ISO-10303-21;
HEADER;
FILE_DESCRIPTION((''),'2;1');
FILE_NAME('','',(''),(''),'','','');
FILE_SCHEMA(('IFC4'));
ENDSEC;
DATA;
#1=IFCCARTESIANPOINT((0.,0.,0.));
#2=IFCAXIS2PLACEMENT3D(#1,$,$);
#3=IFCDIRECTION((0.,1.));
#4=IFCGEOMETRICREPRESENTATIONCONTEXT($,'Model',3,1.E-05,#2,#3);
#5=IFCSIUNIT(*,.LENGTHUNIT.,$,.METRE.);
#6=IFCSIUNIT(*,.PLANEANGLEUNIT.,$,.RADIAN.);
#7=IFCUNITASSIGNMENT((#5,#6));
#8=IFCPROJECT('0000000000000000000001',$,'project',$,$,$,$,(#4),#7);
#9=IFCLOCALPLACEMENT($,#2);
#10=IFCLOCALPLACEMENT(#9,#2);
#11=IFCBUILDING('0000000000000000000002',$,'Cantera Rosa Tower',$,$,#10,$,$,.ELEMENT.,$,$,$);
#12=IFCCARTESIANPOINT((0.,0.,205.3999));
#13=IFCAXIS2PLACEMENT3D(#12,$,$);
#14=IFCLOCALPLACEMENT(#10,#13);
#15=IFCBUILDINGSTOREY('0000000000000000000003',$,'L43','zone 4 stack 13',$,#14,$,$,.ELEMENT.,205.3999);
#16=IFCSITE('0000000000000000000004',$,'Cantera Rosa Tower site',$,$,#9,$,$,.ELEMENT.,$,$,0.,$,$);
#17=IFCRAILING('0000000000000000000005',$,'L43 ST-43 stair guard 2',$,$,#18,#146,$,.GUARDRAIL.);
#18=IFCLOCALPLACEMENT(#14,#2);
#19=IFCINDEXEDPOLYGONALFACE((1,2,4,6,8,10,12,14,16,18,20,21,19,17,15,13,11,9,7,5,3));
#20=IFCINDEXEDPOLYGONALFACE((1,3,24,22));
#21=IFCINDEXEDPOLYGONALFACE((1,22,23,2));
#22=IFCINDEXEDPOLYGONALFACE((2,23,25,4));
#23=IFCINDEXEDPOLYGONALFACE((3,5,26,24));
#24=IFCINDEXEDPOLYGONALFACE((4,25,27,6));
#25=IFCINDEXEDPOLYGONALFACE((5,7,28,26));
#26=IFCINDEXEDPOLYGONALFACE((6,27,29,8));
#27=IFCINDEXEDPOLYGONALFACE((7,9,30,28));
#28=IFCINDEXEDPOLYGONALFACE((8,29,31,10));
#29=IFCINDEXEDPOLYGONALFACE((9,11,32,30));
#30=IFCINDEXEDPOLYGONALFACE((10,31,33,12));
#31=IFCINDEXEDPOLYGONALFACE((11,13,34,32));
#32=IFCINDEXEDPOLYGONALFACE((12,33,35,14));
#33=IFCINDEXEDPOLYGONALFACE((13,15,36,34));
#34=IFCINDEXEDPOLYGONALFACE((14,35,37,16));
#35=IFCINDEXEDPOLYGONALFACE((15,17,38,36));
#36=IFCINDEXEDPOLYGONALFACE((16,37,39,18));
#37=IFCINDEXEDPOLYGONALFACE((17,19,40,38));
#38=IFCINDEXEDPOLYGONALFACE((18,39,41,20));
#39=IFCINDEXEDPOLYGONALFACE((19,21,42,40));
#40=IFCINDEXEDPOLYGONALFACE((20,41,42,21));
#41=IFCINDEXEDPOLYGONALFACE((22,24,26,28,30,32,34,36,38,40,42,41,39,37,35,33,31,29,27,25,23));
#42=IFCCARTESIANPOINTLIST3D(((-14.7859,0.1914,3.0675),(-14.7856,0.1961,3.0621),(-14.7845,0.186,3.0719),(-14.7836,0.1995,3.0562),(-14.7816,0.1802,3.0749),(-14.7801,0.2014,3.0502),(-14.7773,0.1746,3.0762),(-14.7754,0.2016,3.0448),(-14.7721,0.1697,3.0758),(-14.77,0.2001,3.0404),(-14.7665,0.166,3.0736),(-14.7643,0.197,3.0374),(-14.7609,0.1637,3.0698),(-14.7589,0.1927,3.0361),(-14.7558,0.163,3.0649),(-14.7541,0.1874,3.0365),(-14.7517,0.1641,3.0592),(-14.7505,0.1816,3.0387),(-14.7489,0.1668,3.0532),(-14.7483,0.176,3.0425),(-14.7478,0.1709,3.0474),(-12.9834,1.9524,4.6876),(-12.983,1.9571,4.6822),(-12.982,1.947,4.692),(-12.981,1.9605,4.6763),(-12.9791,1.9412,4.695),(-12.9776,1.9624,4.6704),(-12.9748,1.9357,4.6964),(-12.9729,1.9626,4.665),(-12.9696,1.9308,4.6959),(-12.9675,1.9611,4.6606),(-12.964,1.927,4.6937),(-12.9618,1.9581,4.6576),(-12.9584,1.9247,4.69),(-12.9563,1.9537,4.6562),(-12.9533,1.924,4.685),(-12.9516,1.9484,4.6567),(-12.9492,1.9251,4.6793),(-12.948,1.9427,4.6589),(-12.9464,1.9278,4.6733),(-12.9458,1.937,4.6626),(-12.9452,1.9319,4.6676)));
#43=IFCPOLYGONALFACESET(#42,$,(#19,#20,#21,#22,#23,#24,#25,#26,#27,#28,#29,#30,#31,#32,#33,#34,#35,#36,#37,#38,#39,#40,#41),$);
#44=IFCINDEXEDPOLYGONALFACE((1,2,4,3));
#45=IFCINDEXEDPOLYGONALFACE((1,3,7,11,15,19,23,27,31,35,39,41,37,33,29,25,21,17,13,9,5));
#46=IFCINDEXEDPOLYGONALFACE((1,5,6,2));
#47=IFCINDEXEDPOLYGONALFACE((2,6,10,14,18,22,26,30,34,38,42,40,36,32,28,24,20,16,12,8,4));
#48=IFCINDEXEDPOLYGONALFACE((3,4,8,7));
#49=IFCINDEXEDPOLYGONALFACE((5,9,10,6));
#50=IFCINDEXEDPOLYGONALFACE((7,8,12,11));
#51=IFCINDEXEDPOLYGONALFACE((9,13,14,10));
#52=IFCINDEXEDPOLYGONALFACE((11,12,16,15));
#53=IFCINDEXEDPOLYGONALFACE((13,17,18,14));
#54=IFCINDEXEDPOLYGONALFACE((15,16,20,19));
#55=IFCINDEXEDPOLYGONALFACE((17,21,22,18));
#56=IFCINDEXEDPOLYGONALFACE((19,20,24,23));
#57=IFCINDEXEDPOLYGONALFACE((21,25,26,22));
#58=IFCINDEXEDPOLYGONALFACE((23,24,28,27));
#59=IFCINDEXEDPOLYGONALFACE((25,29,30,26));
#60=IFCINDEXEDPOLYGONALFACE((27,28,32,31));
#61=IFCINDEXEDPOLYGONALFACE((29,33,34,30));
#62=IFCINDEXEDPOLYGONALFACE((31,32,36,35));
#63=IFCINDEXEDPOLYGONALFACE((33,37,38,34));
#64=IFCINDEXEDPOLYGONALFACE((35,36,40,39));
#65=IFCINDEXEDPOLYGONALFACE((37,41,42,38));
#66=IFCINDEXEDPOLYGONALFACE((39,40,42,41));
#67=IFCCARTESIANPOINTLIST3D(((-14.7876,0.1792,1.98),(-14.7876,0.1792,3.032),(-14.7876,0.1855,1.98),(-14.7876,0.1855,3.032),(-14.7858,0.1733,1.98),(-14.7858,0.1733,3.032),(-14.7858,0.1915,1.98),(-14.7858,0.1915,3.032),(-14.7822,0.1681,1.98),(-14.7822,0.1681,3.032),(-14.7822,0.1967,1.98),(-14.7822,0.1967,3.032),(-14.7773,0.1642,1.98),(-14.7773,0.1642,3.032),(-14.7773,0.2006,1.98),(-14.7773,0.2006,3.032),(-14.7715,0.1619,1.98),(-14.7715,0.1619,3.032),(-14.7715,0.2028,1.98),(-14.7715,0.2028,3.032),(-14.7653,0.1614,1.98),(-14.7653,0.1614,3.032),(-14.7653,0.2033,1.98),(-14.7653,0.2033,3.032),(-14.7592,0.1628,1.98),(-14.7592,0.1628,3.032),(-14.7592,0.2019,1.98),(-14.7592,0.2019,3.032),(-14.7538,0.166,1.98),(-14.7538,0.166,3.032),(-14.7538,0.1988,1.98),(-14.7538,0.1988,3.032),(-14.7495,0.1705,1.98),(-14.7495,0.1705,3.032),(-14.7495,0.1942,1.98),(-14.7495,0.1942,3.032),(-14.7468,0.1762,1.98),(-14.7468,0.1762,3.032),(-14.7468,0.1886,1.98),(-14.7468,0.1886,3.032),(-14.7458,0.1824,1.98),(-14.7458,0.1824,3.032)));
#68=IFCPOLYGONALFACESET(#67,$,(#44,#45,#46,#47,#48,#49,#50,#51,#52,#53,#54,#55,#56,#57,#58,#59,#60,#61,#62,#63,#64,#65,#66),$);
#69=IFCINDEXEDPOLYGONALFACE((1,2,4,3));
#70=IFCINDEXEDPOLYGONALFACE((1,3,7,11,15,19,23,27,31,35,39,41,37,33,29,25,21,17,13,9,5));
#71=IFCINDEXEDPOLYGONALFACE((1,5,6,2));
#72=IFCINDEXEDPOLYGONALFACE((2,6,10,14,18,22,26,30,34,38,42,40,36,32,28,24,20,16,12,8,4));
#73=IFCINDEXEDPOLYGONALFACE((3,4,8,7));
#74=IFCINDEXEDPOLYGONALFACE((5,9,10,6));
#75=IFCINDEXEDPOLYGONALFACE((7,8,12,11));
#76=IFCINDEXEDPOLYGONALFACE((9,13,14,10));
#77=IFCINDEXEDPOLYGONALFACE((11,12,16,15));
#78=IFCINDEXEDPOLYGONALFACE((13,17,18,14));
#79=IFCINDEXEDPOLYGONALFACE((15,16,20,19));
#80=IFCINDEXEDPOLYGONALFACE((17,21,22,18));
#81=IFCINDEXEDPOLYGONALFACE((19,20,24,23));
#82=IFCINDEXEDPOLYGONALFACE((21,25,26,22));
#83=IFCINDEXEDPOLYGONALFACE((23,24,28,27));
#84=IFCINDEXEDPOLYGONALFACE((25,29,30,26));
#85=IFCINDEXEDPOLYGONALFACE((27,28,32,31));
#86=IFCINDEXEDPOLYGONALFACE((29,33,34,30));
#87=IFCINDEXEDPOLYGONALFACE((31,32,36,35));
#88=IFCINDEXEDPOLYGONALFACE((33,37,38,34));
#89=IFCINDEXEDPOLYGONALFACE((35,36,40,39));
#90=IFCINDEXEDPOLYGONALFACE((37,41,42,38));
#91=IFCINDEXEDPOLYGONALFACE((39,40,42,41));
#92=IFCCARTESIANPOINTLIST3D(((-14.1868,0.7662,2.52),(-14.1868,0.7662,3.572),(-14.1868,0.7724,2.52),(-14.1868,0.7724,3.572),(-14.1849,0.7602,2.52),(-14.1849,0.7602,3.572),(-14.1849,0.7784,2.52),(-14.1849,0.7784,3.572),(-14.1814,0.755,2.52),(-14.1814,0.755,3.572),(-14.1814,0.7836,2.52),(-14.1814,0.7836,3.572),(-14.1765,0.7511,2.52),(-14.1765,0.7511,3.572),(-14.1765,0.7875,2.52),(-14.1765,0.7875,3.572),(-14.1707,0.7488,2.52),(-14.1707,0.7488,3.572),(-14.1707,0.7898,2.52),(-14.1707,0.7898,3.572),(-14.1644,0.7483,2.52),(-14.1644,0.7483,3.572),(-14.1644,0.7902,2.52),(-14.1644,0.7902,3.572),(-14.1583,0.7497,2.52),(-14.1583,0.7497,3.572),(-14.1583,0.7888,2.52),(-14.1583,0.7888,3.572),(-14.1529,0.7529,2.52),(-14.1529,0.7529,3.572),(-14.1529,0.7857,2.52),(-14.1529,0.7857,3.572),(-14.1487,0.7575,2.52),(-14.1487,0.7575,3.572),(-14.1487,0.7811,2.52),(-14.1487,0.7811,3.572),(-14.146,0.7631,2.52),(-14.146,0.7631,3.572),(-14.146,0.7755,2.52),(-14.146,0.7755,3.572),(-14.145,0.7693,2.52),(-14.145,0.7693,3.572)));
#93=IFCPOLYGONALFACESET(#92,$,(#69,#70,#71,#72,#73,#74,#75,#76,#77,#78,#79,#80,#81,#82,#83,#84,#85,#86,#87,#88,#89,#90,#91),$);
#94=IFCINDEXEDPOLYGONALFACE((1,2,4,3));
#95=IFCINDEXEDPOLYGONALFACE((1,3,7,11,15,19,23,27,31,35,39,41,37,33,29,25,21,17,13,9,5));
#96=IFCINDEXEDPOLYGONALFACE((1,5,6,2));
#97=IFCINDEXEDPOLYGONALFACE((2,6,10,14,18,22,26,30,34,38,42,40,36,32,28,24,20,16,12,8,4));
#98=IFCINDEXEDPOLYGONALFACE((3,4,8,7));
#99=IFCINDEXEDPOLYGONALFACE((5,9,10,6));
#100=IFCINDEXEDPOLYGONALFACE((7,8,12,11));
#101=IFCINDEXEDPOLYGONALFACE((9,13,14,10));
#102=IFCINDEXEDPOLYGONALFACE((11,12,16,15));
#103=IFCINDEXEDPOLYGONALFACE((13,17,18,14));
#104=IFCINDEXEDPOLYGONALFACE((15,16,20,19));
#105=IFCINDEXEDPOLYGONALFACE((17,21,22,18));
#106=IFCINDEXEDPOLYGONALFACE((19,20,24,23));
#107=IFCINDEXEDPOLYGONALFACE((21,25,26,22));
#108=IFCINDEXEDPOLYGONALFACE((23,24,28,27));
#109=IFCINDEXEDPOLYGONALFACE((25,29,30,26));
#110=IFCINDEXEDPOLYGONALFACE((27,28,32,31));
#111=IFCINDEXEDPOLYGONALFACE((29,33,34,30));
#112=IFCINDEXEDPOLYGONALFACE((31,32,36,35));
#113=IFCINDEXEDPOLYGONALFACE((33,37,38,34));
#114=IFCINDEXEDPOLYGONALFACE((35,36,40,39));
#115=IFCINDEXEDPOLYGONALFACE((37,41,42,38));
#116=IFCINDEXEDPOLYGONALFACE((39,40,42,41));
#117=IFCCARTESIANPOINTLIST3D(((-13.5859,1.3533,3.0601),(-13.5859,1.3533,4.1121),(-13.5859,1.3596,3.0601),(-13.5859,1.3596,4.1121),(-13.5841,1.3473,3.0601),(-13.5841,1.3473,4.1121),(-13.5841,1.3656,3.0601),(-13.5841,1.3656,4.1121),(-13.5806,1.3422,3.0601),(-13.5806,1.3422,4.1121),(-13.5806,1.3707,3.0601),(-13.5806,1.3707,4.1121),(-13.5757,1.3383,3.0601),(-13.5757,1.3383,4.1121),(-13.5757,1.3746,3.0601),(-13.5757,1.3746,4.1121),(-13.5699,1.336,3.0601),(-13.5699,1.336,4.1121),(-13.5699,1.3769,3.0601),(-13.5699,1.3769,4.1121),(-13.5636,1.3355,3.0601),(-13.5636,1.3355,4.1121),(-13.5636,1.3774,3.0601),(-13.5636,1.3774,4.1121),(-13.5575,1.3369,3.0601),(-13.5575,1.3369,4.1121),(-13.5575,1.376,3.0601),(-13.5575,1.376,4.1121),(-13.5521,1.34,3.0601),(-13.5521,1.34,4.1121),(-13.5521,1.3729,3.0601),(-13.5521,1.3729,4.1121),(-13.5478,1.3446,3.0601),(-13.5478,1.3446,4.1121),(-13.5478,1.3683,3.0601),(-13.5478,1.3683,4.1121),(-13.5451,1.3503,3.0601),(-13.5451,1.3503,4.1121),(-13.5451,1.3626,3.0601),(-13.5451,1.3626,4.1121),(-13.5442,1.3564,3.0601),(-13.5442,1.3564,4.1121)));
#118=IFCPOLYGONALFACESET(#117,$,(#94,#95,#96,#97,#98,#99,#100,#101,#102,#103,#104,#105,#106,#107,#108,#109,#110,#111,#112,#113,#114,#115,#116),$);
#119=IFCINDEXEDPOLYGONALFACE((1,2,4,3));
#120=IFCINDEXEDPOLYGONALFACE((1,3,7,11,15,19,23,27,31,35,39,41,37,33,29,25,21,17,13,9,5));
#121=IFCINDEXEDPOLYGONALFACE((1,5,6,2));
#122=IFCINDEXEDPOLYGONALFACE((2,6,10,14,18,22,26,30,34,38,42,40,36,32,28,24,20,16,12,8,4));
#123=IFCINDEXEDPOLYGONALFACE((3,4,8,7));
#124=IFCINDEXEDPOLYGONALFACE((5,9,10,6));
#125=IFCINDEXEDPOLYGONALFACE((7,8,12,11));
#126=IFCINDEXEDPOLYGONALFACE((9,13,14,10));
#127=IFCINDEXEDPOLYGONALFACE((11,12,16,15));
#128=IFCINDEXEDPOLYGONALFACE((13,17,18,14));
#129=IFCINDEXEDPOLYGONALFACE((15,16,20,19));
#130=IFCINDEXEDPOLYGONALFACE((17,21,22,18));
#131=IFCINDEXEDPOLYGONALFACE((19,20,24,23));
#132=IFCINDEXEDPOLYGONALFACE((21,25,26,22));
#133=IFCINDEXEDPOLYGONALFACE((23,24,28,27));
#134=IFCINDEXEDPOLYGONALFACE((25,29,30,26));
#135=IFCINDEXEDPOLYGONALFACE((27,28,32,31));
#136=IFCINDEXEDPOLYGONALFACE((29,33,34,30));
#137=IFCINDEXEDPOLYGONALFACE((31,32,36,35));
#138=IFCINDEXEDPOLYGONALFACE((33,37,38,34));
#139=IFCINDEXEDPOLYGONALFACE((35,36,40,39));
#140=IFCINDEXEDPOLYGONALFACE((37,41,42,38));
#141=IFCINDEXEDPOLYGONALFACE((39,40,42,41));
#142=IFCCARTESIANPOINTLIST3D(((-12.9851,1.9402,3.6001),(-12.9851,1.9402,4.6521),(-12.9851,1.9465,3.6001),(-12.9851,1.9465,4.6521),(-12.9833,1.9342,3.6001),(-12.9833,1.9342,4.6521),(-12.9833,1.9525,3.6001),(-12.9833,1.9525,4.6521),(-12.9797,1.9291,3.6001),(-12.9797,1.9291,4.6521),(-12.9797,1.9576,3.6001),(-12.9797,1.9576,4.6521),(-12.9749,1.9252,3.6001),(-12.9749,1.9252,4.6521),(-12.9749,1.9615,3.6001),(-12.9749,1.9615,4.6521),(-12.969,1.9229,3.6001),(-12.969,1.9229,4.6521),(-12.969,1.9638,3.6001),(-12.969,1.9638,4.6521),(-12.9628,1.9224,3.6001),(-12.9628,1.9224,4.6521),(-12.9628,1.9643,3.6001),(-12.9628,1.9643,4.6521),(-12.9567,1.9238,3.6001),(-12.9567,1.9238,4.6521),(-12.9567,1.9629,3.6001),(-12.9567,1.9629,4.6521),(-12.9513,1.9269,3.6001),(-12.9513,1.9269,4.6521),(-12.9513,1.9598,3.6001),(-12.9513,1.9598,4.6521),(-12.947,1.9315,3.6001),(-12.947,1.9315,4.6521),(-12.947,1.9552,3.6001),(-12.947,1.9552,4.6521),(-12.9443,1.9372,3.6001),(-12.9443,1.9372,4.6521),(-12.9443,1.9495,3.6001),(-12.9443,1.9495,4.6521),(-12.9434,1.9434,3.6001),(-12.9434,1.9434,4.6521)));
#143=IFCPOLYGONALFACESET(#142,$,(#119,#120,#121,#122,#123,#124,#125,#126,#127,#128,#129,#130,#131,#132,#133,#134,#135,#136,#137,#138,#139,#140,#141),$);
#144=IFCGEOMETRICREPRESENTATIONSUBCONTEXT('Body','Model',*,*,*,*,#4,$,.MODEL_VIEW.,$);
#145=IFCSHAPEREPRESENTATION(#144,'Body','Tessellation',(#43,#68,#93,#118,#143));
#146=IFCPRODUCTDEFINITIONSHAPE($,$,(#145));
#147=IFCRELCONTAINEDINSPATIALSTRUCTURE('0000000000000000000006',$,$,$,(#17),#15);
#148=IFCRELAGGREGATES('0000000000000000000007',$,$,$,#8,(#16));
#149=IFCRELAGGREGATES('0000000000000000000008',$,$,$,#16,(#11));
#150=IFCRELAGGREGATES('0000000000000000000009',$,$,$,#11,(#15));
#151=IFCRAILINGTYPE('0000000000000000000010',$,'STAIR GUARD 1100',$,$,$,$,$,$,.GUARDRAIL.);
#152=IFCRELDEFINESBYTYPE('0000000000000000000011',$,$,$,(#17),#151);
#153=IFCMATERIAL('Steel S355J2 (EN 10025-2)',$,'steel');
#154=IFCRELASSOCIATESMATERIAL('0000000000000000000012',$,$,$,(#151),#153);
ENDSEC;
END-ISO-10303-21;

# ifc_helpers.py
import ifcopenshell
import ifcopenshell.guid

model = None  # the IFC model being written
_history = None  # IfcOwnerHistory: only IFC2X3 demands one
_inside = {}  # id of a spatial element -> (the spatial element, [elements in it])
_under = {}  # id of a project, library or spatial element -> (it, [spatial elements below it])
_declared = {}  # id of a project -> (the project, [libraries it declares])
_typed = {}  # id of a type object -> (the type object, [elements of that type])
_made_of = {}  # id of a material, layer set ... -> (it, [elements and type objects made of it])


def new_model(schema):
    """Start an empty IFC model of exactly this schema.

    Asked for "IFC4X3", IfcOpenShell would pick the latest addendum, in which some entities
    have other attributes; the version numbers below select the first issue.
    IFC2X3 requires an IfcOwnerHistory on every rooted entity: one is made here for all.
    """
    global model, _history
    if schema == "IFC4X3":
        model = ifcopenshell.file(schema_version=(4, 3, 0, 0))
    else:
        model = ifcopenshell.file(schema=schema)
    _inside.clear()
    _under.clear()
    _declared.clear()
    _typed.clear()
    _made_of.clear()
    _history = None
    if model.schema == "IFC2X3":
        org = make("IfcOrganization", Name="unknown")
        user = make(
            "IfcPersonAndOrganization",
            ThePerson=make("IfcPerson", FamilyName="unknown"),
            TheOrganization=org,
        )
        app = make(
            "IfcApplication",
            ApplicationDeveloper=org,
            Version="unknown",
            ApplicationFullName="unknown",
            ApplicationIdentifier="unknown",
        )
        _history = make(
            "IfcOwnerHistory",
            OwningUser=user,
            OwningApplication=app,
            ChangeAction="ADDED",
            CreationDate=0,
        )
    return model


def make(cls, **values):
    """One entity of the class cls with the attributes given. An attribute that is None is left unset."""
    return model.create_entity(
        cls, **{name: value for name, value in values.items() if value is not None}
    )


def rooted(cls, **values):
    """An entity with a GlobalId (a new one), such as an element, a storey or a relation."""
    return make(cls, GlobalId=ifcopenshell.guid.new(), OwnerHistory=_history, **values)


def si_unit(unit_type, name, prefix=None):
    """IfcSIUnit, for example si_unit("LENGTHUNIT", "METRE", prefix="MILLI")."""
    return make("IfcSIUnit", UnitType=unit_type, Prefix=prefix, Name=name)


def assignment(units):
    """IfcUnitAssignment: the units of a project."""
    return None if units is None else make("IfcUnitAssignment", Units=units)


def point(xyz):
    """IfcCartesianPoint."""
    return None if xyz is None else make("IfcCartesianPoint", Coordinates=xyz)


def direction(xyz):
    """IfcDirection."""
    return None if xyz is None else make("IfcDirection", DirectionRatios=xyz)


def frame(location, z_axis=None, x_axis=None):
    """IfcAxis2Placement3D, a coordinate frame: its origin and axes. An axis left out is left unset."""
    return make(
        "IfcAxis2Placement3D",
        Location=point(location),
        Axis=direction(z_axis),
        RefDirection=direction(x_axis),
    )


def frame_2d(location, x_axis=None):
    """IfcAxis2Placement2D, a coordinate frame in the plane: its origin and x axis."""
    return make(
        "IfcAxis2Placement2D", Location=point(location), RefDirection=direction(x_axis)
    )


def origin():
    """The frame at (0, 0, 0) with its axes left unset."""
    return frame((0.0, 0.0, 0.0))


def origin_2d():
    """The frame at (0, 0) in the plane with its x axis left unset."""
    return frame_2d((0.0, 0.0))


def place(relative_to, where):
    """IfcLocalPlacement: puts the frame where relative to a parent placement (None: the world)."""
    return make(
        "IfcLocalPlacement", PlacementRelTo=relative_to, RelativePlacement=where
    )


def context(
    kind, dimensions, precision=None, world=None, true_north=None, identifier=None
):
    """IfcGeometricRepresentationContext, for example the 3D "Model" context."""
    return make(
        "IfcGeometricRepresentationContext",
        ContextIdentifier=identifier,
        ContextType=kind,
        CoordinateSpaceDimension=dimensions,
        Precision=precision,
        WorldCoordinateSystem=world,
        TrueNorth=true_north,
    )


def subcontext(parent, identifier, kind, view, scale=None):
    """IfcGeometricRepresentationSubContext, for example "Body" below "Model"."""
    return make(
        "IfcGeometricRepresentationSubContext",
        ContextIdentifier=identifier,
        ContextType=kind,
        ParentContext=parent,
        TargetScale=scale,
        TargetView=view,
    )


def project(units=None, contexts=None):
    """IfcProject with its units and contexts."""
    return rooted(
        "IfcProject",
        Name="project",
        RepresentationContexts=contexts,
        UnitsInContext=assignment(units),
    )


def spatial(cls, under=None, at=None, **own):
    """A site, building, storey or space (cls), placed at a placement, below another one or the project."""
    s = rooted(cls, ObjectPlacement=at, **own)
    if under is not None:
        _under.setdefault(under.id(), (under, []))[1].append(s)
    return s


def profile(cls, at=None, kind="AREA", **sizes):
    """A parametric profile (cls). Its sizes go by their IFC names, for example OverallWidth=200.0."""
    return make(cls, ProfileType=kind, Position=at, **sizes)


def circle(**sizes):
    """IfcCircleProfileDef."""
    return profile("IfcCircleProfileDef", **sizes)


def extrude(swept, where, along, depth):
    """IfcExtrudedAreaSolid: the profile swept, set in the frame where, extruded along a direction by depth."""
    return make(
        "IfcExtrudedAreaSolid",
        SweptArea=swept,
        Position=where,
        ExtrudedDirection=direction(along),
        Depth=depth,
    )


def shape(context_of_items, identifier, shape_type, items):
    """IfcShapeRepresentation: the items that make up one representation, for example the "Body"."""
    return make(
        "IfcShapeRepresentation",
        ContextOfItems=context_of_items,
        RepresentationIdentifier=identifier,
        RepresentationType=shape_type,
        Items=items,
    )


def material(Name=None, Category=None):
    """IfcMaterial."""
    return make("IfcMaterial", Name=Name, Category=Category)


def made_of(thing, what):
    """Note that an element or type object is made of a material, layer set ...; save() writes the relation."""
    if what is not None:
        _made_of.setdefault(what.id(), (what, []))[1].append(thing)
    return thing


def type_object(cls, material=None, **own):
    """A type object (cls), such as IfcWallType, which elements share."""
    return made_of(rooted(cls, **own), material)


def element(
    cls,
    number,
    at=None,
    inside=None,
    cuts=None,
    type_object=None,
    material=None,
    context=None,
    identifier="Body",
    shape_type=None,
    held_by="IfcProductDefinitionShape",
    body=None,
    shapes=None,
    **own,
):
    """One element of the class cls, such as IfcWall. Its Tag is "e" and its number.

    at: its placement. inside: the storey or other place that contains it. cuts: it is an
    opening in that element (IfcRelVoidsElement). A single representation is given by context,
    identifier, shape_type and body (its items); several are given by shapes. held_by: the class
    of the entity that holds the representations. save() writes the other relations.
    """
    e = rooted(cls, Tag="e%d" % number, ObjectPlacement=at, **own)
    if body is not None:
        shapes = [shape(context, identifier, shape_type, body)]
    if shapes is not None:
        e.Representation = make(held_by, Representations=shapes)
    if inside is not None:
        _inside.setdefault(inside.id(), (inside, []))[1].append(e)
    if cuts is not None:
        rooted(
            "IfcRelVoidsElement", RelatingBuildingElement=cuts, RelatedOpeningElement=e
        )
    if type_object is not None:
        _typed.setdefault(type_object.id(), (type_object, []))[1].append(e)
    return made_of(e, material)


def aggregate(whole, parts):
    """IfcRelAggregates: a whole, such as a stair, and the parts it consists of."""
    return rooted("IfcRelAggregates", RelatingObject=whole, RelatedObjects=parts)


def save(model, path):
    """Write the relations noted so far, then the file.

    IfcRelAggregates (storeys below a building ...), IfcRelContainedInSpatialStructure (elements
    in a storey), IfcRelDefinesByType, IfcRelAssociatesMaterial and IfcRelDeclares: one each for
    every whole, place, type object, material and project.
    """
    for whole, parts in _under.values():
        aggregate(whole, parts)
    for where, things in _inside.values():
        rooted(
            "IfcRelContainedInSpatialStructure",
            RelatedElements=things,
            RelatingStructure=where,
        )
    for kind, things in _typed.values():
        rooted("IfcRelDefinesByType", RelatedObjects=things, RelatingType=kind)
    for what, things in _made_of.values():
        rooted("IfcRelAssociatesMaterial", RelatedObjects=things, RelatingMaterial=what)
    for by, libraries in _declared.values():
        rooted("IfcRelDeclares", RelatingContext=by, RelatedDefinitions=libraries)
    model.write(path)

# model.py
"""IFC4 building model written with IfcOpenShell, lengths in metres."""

from ifc_helpers import new_model, si_unit, direction, frame, origin, origin_2d, place, context, subcontext, project, spatial, circle, extrude, material, type_object, element, save


model = new_model("IFC4")

# Units and contexts
model_context = context("Model", 3, precision=1e-05, world=origin(), true_north=direction((0.0, 1.0)))
body_context = subcontext(model_context, "Body", "Model", "MODEL_VIEW")
ifc_project = project(units=[si_unit("LENGTHUNIT", "METRE"), si_unit("PLANEANGLEUNIT", "RADIAN")], contexts=[model_context])

# Site, building, storey
site_placement = place(None, origin())
site = spatial("IfcSite", under=ifc_project, at=site_placement, Name="Cantera Rosa Tower site", CompositionType="ELEMENT", RefElevation=0.0)
building_placement = place(site_placement, origin())
building = spatial("IfcBuilding", under=site, at=building_placement, Name="Cantera Rosa Tower", CompositionType="ELEMENT")
storey_placement = place(building_placement, frame((0.0, 0.0, 205.3999)))
storey = spatial("IfcBuildingStorey", under=building, at=storey_placement, Name="L43", Description="zone 4 stack 13", CompositionType="ELEMENT", Elevation=205.3999)

# Railing
ifc_material_1 = material(Name="Steel S355J2 (EN 10025-2)", Category="steel")
railing_type_1 = type_object("IfcRailingType", Name="STAIR GUARD 1100", PredefinedType="GUARDRAIL", material=ifc_material_1)
railing_1_placement = place(storey_placement, frame((-14.7668, 0.1824, 1.98)))
element("IfcRailing", 1, at=railing_1_placement, inside=storey, type_object=railing_type_1, Name="L43 ST-43 stair guard 2", PredefinedType="GUARDRAIL", context=body_context, shape_type="SweptSolid", body=[
    extrude(circle(Radius=0.0239, at=origin_2d()), frame((0.0, 0.0, 1.0762), z_axis=(0.601672, 0.587818, 0.540796), x_axis=(-0.698824, 0.715294, 0.0)), (0.0, 0.0, 1.0), 2.9958),
    extrude(circle(Radius=0.021, at=origin_2d()), origin(), (0.0, 0.0, 1.0), 1.052),
    extrude(circle(Radius=0.021, at=origin_2d()), frame((0.6008, 0.5869, 0.54)), (0.0, 0.0, 1.0), 1.052),
    extrude(circle(Radius=0.021, at=origin_2d()), frame((1.2017, 1.1741, 1.0801)), (0.0, 0.0, 1.0), 1.052),
    extrude(circle(Radius=0.021, at=origin_2d()), frame((1.8025, 1.761, 1.6201)), (0.0, 0.0, 1.0), 1.052),
])

save(model, "model.ifc")
